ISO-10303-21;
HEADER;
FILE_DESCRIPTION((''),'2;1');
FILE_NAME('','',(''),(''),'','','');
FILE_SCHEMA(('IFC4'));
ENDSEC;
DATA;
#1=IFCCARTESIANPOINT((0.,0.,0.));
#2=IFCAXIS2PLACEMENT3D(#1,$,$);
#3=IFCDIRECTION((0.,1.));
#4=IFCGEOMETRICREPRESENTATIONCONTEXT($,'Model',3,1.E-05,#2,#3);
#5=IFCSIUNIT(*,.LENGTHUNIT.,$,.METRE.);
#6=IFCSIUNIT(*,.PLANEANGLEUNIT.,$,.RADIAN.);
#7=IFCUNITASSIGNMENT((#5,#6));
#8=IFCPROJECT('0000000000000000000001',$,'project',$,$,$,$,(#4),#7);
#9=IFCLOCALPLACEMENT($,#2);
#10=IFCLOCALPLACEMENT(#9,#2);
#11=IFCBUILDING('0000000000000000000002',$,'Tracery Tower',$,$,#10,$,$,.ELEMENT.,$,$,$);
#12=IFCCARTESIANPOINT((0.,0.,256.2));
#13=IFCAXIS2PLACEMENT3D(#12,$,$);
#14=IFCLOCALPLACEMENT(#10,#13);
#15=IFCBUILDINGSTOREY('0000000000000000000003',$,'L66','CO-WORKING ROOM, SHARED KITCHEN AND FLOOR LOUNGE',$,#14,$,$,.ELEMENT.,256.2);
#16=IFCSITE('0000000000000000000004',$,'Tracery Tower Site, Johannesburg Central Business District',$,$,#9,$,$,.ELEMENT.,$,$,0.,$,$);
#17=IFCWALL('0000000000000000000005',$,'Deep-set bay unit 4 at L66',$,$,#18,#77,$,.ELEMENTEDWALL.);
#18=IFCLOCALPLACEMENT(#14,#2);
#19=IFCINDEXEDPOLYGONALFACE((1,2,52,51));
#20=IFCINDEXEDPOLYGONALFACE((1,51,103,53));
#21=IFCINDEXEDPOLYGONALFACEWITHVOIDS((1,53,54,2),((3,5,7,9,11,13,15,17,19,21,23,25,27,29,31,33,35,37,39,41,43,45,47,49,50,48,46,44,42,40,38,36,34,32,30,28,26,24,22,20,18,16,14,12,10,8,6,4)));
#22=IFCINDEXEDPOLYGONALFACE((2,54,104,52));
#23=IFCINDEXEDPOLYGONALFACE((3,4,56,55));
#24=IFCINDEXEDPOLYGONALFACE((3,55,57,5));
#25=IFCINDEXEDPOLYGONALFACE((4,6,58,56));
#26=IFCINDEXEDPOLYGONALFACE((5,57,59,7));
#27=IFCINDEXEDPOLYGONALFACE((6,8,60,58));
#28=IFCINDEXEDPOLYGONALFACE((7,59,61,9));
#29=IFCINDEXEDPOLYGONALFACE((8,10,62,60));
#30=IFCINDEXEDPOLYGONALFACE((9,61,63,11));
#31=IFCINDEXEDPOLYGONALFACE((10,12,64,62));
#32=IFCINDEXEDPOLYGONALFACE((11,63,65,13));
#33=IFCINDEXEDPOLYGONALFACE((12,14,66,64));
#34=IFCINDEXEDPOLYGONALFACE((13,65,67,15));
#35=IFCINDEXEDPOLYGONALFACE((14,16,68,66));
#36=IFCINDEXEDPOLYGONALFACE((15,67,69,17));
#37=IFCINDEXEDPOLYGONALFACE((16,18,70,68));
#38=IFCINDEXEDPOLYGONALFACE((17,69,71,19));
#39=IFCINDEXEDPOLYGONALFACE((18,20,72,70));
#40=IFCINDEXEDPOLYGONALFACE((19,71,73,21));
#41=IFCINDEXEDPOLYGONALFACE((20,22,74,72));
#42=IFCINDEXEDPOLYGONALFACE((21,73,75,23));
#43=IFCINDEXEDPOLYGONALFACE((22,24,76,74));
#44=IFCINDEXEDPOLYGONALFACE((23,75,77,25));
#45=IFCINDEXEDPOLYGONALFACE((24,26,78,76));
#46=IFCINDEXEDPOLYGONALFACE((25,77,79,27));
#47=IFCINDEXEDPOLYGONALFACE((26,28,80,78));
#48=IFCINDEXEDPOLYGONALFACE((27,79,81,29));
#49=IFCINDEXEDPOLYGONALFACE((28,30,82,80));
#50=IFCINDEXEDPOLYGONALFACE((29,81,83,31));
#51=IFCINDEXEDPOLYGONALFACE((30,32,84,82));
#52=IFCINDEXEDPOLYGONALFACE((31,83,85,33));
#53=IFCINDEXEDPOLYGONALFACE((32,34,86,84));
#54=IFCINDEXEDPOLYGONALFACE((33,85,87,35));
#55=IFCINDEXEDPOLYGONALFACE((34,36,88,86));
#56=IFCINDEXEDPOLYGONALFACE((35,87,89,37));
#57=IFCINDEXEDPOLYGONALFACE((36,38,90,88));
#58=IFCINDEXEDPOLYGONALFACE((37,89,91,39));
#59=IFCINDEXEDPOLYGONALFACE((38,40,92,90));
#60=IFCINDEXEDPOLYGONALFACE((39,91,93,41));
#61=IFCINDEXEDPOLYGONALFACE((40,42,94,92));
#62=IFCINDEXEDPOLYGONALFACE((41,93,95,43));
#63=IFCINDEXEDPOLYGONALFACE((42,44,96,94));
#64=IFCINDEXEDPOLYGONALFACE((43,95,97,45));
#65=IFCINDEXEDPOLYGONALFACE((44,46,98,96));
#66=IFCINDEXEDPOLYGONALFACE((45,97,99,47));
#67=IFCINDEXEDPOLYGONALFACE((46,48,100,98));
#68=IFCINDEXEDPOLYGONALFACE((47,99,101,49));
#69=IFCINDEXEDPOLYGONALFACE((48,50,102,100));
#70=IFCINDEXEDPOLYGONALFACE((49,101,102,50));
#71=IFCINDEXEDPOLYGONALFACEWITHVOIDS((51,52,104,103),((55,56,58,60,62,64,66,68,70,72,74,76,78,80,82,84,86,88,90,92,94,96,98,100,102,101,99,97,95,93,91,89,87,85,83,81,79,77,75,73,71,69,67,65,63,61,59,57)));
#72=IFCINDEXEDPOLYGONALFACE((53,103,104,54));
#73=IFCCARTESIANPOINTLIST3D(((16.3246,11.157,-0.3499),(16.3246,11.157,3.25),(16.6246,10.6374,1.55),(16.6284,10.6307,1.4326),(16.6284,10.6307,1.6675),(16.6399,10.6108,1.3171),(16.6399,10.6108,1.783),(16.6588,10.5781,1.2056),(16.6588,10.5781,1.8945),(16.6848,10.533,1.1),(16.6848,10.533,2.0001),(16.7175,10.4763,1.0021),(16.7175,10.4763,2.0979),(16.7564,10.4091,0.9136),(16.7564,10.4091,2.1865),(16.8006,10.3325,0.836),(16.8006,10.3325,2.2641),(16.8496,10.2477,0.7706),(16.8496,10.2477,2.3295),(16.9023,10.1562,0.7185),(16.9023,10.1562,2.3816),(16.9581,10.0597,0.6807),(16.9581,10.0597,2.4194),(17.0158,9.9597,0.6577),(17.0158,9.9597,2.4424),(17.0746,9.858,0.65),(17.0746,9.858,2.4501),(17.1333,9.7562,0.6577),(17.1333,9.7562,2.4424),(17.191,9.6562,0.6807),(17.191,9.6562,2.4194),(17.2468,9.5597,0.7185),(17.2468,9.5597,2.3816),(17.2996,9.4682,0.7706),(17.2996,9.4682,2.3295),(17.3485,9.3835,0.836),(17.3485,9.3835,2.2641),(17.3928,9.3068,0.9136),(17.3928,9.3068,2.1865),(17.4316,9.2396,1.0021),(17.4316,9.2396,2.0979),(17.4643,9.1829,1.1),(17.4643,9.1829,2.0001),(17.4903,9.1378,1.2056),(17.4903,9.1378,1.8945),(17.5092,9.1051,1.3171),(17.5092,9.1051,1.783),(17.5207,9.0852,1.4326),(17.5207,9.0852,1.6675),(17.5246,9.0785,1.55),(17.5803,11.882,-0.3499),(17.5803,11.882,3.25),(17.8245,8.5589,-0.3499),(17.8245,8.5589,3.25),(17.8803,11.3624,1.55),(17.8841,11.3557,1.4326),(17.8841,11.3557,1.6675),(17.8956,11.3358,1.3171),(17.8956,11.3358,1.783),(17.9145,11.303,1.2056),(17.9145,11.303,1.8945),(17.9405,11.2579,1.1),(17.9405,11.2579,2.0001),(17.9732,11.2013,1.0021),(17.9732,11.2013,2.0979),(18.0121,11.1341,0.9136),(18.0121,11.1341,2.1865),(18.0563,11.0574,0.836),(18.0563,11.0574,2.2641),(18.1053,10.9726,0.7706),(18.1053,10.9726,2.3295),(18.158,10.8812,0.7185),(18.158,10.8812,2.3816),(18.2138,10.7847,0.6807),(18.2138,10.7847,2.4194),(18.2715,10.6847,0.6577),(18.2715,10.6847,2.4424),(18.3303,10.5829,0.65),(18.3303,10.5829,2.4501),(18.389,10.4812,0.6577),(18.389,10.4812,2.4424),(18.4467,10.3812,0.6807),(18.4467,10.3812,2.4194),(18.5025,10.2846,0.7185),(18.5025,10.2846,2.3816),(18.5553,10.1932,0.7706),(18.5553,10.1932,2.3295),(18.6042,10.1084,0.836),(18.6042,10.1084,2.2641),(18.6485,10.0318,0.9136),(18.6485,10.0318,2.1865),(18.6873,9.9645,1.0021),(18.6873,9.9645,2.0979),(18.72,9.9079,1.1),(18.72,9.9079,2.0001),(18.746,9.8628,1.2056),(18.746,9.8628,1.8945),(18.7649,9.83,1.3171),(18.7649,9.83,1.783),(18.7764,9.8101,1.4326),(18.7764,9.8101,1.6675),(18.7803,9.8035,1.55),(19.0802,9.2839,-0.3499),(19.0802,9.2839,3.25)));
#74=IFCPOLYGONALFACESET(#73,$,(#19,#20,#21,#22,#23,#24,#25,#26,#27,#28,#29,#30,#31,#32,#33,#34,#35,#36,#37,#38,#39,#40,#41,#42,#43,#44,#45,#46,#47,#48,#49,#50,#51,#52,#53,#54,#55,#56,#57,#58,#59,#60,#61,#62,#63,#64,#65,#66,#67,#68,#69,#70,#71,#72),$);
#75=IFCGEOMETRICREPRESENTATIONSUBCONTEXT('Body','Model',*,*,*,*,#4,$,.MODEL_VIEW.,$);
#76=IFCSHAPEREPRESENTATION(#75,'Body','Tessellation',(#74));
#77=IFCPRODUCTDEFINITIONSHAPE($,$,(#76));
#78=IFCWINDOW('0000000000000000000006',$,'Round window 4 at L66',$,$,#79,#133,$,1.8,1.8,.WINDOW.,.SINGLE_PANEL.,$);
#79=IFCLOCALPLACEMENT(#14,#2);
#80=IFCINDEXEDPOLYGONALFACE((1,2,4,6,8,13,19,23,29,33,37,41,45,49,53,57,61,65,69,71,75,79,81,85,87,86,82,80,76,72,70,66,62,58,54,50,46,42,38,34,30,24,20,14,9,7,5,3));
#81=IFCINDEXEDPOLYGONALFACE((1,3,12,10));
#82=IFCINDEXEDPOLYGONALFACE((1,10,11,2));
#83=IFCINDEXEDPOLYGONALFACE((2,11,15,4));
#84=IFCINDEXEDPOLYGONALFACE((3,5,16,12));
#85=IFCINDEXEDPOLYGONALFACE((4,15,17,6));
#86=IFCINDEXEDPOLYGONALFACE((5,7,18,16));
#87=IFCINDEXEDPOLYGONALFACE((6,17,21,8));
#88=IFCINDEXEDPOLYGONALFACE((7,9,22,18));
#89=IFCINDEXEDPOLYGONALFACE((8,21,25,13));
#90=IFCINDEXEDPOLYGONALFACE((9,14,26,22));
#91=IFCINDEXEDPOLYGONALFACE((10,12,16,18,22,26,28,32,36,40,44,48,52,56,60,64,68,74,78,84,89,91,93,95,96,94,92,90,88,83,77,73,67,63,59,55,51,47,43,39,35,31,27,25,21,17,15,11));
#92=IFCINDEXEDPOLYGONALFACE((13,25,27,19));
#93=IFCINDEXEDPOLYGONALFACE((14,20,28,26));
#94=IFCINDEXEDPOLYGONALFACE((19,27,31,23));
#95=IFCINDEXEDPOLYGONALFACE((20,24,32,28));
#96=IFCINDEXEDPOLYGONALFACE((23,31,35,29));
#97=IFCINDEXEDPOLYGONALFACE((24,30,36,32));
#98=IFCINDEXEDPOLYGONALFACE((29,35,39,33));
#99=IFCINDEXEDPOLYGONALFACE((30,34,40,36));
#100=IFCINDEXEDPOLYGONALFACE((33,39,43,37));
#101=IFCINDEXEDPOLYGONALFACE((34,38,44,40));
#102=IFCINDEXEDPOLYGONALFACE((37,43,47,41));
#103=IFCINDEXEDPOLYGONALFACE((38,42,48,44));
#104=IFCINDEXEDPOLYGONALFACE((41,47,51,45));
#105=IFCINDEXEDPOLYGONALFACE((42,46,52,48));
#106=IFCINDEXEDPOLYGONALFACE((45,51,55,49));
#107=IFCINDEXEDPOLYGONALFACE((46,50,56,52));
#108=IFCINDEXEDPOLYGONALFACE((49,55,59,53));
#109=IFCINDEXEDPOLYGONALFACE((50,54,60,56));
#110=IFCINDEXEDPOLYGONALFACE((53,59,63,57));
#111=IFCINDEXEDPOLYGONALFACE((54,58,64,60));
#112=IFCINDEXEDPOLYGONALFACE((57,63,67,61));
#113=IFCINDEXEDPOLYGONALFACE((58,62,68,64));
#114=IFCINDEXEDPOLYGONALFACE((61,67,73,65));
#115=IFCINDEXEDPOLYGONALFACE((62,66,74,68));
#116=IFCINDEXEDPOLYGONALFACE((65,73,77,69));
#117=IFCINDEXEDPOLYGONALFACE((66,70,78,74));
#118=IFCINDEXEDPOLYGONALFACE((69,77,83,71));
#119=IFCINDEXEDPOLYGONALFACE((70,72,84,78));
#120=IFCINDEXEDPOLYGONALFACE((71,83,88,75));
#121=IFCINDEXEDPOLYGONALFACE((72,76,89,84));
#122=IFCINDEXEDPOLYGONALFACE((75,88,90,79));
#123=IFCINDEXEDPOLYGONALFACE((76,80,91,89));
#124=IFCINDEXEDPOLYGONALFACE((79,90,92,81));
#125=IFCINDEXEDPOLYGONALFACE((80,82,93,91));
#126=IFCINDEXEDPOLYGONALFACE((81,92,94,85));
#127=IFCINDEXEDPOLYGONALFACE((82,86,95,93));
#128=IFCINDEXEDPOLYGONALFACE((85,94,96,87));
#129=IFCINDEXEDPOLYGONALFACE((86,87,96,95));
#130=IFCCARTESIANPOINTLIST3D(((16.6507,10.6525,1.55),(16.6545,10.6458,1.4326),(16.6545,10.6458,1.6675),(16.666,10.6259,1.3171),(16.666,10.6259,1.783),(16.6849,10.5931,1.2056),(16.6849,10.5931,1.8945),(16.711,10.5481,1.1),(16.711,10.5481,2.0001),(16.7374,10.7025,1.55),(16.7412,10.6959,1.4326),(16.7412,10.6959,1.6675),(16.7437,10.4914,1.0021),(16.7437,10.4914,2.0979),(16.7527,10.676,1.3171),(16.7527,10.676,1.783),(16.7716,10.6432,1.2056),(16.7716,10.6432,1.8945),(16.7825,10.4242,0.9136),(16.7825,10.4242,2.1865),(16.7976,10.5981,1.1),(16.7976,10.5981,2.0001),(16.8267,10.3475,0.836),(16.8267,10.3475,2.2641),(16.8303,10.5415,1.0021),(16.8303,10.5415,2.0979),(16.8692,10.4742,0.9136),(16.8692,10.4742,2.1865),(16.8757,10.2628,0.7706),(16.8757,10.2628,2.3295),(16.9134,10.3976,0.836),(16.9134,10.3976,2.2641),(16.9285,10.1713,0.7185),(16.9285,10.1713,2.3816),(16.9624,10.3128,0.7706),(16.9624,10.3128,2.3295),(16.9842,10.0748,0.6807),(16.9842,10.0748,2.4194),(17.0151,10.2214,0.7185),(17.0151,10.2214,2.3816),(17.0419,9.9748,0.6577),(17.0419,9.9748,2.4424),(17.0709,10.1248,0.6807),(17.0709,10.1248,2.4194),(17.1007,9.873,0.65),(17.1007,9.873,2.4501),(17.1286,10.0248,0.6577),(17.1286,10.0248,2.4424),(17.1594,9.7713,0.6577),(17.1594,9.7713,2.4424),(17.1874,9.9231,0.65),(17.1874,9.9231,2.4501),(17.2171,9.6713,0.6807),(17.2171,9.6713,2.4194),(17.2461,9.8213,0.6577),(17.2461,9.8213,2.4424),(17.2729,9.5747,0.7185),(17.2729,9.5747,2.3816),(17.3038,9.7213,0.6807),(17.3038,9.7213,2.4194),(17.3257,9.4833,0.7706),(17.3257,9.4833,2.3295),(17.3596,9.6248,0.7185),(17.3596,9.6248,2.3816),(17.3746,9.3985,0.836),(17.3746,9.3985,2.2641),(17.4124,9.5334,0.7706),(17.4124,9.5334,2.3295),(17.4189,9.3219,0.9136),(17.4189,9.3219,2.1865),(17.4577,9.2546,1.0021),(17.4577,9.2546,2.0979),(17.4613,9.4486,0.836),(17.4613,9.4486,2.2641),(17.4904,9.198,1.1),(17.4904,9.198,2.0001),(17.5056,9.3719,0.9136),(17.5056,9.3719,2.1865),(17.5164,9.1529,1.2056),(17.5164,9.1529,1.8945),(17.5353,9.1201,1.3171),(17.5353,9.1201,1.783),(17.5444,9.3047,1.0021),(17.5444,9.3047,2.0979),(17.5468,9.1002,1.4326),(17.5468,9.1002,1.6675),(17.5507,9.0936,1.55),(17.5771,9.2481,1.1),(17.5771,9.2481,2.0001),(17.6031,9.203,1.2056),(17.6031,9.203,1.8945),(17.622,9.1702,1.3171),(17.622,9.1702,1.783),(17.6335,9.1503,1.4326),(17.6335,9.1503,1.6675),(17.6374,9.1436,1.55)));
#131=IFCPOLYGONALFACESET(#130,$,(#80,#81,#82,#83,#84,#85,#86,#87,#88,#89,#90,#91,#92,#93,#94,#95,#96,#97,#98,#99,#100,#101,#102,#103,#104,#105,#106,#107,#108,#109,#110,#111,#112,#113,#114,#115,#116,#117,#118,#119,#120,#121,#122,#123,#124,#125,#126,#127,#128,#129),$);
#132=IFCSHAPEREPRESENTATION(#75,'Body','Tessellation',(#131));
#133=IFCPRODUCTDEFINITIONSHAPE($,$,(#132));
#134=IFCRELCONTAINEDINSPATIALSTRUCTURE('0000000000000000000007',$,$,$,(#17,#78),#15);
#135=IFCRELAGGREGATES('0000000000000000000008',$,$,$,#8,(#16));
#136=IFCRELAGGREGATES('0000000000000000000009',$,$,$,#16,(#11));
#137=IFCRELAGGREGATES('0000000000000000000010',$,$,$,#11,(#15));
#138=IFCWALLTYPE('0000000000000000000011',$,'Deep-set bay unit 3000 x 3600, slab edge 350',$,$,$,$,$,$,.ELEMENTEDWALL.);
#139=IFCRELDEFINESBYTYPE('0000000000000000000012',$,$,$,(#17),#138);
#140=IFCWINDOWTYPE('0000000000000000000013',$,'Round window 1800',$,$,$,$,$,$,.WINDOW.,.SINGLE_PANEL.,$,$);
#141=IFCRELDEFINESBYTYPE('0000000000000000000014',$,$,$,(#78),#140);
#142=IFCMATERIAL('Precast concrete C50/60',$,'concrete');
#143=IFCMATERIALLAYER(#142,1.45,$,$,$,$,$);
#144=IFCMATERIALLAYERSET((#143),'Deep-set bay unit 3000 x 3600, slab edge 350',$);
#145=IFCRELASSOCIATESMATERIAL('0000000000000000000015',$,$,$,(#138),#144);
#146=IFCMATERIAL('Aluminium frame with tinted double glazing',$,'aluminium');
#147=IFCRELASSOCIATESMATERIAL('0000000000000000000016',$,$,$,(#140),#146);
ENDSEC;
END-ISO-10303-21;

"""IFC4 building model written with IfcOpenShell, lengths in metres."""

from ifc_helpers import new_model, si_unit, direction, frame, frame_2d, origin, origin_2d, place, context, subcontext, project, spatial, rectangle, circle, extrude, material, layer, layer_set, type_object, element, fill, save


model = new_model("IFC4")

# Units and contexts
model_context = context("Model", 3, precision=1e-05, world=origin(), true_north=direction((0.0, 1.0)))
body_context = subcontext(model_context, "Body", "Model", "MODEL_VIEW")
ifc_project = project(units=[si_unit("LENGTHUNIT", "METRE"), si_unit("PLANEANGLEUNIT", "RADIAN")], contexts=[model_context])

# Site, building, storey
site_placement = place(None, origin())
site = spatial("IfcSite", under=ifc_project, at=site_placement, Name="Tracery Tower Site, Johannesburg Central Business District", CompositionType="ELEMENT", RefElevation=0.0)
building_placement = place(site_placement, origin())
building = spatial("IfcBuilding", under=site, at=building_placement, Name="Tracery Tower", CompositionType="ELEMENT")
storey_placement = place(building_placement, frame((0.0, 0.0, 256.2)))
storey = spatial("IfcBuildingStorey", under=building, at=storey_placement, Name="L66", Description="CO-WORKING ROOM, SHARED KITCHEN AND FLOOR LOUNGE", CompositionType="ELEMENT", Elevation=256.2)

# Wall, opening, window
ifc_material_1 = material(Name="Precast concrete C50/60", Category="concrete")
ifc_layer_1 = layer(ifc_material_1, 1.45)
ifc_layer_set_1 = layer_set([ifc_layer_1], Name="Deep-set bay unit 3000 x 3600, slab edge 350")
wall_type_1 = type_object("IfcWallType", Name="Deep-set bay unit 3000 x 3600, slab edge 350", PredefinedType="ELEMENTEDWALL", material=ifc_layer_set_1)
wall_1_placement = place(storey_placement, frame((18.4524, 8.9214, -0.3499), z_axis=(0.0, 0.0, 1.0), x_axis=(-0.49999, 0.866031, 0.0)))
wall_1 = element("IfcWall", 1, at=wall_1_placement, inside=storey, type_object=wall_type_1, Name="Deep-set bay unit 4 at L66", PredefinedType="ELEMENTEDWALL", context=body_context, shape_type="SweptSolid", body=[
    extrude(rectangle(XDim=3.0, YDim=1.45, at=frame_2d((1.5, 0.0))), origin(), (0.0, 0.0, 1.0), 3.5999),
])
opening_1_placement = place(wall_1_placement, frame((1.5, 0.0, 1.8999)))
opening_1 = element("IfcOpeningElement", 2, at=opening_1_placement, cuts=wall_1, PredefinedType="OPENING", context=body_context, shape_type="SweptSolid", body=[
    extrude(circle(Radius=0.9, at=origin_2d()), frame((0.0, 0.7349, 0.0), z_axis=(0.0, -1.0, 0.0), x_axis=(1.0, 0.0, 0.0)), (0.0, 0.0, 1.0), 1.47),
])
ifc_material_2 = material(Name="Aluminium frame with tinted double glazing", Category="aluminium")
window_type = type_object("IfcWindowType", Name="Round window 1800", PartitioningType="SINGLE_PANEL", PredefinedType="WINDOW", material=ifc_material_2)
window_1_placement = place(opening_1_placement, origin())
window_1 = element("IfcWindow", 3, at=window_1_placement, inside=storey, type_object=window_type, Name="Round window 4 at L66", OverallHeight=1.8, OverallWidth=1.8, PartitioningType="SINGLE_PANEL", PredefinedType="WINDOW", context=body_context, shape_type="SweptSolid", body=[
    extrude(circle(Radius=0.9, at=origin_2d()), frame((0.0, 0.6948, 0.0), z_axis=(0.0, -1.0, 0.0), x_axis=(1.0, 0.0, 0.0)), (0.0, 0.0, 1.0), 0.1001),
])
fill(opening_1, window_1)

save(model, "model.ifc")
